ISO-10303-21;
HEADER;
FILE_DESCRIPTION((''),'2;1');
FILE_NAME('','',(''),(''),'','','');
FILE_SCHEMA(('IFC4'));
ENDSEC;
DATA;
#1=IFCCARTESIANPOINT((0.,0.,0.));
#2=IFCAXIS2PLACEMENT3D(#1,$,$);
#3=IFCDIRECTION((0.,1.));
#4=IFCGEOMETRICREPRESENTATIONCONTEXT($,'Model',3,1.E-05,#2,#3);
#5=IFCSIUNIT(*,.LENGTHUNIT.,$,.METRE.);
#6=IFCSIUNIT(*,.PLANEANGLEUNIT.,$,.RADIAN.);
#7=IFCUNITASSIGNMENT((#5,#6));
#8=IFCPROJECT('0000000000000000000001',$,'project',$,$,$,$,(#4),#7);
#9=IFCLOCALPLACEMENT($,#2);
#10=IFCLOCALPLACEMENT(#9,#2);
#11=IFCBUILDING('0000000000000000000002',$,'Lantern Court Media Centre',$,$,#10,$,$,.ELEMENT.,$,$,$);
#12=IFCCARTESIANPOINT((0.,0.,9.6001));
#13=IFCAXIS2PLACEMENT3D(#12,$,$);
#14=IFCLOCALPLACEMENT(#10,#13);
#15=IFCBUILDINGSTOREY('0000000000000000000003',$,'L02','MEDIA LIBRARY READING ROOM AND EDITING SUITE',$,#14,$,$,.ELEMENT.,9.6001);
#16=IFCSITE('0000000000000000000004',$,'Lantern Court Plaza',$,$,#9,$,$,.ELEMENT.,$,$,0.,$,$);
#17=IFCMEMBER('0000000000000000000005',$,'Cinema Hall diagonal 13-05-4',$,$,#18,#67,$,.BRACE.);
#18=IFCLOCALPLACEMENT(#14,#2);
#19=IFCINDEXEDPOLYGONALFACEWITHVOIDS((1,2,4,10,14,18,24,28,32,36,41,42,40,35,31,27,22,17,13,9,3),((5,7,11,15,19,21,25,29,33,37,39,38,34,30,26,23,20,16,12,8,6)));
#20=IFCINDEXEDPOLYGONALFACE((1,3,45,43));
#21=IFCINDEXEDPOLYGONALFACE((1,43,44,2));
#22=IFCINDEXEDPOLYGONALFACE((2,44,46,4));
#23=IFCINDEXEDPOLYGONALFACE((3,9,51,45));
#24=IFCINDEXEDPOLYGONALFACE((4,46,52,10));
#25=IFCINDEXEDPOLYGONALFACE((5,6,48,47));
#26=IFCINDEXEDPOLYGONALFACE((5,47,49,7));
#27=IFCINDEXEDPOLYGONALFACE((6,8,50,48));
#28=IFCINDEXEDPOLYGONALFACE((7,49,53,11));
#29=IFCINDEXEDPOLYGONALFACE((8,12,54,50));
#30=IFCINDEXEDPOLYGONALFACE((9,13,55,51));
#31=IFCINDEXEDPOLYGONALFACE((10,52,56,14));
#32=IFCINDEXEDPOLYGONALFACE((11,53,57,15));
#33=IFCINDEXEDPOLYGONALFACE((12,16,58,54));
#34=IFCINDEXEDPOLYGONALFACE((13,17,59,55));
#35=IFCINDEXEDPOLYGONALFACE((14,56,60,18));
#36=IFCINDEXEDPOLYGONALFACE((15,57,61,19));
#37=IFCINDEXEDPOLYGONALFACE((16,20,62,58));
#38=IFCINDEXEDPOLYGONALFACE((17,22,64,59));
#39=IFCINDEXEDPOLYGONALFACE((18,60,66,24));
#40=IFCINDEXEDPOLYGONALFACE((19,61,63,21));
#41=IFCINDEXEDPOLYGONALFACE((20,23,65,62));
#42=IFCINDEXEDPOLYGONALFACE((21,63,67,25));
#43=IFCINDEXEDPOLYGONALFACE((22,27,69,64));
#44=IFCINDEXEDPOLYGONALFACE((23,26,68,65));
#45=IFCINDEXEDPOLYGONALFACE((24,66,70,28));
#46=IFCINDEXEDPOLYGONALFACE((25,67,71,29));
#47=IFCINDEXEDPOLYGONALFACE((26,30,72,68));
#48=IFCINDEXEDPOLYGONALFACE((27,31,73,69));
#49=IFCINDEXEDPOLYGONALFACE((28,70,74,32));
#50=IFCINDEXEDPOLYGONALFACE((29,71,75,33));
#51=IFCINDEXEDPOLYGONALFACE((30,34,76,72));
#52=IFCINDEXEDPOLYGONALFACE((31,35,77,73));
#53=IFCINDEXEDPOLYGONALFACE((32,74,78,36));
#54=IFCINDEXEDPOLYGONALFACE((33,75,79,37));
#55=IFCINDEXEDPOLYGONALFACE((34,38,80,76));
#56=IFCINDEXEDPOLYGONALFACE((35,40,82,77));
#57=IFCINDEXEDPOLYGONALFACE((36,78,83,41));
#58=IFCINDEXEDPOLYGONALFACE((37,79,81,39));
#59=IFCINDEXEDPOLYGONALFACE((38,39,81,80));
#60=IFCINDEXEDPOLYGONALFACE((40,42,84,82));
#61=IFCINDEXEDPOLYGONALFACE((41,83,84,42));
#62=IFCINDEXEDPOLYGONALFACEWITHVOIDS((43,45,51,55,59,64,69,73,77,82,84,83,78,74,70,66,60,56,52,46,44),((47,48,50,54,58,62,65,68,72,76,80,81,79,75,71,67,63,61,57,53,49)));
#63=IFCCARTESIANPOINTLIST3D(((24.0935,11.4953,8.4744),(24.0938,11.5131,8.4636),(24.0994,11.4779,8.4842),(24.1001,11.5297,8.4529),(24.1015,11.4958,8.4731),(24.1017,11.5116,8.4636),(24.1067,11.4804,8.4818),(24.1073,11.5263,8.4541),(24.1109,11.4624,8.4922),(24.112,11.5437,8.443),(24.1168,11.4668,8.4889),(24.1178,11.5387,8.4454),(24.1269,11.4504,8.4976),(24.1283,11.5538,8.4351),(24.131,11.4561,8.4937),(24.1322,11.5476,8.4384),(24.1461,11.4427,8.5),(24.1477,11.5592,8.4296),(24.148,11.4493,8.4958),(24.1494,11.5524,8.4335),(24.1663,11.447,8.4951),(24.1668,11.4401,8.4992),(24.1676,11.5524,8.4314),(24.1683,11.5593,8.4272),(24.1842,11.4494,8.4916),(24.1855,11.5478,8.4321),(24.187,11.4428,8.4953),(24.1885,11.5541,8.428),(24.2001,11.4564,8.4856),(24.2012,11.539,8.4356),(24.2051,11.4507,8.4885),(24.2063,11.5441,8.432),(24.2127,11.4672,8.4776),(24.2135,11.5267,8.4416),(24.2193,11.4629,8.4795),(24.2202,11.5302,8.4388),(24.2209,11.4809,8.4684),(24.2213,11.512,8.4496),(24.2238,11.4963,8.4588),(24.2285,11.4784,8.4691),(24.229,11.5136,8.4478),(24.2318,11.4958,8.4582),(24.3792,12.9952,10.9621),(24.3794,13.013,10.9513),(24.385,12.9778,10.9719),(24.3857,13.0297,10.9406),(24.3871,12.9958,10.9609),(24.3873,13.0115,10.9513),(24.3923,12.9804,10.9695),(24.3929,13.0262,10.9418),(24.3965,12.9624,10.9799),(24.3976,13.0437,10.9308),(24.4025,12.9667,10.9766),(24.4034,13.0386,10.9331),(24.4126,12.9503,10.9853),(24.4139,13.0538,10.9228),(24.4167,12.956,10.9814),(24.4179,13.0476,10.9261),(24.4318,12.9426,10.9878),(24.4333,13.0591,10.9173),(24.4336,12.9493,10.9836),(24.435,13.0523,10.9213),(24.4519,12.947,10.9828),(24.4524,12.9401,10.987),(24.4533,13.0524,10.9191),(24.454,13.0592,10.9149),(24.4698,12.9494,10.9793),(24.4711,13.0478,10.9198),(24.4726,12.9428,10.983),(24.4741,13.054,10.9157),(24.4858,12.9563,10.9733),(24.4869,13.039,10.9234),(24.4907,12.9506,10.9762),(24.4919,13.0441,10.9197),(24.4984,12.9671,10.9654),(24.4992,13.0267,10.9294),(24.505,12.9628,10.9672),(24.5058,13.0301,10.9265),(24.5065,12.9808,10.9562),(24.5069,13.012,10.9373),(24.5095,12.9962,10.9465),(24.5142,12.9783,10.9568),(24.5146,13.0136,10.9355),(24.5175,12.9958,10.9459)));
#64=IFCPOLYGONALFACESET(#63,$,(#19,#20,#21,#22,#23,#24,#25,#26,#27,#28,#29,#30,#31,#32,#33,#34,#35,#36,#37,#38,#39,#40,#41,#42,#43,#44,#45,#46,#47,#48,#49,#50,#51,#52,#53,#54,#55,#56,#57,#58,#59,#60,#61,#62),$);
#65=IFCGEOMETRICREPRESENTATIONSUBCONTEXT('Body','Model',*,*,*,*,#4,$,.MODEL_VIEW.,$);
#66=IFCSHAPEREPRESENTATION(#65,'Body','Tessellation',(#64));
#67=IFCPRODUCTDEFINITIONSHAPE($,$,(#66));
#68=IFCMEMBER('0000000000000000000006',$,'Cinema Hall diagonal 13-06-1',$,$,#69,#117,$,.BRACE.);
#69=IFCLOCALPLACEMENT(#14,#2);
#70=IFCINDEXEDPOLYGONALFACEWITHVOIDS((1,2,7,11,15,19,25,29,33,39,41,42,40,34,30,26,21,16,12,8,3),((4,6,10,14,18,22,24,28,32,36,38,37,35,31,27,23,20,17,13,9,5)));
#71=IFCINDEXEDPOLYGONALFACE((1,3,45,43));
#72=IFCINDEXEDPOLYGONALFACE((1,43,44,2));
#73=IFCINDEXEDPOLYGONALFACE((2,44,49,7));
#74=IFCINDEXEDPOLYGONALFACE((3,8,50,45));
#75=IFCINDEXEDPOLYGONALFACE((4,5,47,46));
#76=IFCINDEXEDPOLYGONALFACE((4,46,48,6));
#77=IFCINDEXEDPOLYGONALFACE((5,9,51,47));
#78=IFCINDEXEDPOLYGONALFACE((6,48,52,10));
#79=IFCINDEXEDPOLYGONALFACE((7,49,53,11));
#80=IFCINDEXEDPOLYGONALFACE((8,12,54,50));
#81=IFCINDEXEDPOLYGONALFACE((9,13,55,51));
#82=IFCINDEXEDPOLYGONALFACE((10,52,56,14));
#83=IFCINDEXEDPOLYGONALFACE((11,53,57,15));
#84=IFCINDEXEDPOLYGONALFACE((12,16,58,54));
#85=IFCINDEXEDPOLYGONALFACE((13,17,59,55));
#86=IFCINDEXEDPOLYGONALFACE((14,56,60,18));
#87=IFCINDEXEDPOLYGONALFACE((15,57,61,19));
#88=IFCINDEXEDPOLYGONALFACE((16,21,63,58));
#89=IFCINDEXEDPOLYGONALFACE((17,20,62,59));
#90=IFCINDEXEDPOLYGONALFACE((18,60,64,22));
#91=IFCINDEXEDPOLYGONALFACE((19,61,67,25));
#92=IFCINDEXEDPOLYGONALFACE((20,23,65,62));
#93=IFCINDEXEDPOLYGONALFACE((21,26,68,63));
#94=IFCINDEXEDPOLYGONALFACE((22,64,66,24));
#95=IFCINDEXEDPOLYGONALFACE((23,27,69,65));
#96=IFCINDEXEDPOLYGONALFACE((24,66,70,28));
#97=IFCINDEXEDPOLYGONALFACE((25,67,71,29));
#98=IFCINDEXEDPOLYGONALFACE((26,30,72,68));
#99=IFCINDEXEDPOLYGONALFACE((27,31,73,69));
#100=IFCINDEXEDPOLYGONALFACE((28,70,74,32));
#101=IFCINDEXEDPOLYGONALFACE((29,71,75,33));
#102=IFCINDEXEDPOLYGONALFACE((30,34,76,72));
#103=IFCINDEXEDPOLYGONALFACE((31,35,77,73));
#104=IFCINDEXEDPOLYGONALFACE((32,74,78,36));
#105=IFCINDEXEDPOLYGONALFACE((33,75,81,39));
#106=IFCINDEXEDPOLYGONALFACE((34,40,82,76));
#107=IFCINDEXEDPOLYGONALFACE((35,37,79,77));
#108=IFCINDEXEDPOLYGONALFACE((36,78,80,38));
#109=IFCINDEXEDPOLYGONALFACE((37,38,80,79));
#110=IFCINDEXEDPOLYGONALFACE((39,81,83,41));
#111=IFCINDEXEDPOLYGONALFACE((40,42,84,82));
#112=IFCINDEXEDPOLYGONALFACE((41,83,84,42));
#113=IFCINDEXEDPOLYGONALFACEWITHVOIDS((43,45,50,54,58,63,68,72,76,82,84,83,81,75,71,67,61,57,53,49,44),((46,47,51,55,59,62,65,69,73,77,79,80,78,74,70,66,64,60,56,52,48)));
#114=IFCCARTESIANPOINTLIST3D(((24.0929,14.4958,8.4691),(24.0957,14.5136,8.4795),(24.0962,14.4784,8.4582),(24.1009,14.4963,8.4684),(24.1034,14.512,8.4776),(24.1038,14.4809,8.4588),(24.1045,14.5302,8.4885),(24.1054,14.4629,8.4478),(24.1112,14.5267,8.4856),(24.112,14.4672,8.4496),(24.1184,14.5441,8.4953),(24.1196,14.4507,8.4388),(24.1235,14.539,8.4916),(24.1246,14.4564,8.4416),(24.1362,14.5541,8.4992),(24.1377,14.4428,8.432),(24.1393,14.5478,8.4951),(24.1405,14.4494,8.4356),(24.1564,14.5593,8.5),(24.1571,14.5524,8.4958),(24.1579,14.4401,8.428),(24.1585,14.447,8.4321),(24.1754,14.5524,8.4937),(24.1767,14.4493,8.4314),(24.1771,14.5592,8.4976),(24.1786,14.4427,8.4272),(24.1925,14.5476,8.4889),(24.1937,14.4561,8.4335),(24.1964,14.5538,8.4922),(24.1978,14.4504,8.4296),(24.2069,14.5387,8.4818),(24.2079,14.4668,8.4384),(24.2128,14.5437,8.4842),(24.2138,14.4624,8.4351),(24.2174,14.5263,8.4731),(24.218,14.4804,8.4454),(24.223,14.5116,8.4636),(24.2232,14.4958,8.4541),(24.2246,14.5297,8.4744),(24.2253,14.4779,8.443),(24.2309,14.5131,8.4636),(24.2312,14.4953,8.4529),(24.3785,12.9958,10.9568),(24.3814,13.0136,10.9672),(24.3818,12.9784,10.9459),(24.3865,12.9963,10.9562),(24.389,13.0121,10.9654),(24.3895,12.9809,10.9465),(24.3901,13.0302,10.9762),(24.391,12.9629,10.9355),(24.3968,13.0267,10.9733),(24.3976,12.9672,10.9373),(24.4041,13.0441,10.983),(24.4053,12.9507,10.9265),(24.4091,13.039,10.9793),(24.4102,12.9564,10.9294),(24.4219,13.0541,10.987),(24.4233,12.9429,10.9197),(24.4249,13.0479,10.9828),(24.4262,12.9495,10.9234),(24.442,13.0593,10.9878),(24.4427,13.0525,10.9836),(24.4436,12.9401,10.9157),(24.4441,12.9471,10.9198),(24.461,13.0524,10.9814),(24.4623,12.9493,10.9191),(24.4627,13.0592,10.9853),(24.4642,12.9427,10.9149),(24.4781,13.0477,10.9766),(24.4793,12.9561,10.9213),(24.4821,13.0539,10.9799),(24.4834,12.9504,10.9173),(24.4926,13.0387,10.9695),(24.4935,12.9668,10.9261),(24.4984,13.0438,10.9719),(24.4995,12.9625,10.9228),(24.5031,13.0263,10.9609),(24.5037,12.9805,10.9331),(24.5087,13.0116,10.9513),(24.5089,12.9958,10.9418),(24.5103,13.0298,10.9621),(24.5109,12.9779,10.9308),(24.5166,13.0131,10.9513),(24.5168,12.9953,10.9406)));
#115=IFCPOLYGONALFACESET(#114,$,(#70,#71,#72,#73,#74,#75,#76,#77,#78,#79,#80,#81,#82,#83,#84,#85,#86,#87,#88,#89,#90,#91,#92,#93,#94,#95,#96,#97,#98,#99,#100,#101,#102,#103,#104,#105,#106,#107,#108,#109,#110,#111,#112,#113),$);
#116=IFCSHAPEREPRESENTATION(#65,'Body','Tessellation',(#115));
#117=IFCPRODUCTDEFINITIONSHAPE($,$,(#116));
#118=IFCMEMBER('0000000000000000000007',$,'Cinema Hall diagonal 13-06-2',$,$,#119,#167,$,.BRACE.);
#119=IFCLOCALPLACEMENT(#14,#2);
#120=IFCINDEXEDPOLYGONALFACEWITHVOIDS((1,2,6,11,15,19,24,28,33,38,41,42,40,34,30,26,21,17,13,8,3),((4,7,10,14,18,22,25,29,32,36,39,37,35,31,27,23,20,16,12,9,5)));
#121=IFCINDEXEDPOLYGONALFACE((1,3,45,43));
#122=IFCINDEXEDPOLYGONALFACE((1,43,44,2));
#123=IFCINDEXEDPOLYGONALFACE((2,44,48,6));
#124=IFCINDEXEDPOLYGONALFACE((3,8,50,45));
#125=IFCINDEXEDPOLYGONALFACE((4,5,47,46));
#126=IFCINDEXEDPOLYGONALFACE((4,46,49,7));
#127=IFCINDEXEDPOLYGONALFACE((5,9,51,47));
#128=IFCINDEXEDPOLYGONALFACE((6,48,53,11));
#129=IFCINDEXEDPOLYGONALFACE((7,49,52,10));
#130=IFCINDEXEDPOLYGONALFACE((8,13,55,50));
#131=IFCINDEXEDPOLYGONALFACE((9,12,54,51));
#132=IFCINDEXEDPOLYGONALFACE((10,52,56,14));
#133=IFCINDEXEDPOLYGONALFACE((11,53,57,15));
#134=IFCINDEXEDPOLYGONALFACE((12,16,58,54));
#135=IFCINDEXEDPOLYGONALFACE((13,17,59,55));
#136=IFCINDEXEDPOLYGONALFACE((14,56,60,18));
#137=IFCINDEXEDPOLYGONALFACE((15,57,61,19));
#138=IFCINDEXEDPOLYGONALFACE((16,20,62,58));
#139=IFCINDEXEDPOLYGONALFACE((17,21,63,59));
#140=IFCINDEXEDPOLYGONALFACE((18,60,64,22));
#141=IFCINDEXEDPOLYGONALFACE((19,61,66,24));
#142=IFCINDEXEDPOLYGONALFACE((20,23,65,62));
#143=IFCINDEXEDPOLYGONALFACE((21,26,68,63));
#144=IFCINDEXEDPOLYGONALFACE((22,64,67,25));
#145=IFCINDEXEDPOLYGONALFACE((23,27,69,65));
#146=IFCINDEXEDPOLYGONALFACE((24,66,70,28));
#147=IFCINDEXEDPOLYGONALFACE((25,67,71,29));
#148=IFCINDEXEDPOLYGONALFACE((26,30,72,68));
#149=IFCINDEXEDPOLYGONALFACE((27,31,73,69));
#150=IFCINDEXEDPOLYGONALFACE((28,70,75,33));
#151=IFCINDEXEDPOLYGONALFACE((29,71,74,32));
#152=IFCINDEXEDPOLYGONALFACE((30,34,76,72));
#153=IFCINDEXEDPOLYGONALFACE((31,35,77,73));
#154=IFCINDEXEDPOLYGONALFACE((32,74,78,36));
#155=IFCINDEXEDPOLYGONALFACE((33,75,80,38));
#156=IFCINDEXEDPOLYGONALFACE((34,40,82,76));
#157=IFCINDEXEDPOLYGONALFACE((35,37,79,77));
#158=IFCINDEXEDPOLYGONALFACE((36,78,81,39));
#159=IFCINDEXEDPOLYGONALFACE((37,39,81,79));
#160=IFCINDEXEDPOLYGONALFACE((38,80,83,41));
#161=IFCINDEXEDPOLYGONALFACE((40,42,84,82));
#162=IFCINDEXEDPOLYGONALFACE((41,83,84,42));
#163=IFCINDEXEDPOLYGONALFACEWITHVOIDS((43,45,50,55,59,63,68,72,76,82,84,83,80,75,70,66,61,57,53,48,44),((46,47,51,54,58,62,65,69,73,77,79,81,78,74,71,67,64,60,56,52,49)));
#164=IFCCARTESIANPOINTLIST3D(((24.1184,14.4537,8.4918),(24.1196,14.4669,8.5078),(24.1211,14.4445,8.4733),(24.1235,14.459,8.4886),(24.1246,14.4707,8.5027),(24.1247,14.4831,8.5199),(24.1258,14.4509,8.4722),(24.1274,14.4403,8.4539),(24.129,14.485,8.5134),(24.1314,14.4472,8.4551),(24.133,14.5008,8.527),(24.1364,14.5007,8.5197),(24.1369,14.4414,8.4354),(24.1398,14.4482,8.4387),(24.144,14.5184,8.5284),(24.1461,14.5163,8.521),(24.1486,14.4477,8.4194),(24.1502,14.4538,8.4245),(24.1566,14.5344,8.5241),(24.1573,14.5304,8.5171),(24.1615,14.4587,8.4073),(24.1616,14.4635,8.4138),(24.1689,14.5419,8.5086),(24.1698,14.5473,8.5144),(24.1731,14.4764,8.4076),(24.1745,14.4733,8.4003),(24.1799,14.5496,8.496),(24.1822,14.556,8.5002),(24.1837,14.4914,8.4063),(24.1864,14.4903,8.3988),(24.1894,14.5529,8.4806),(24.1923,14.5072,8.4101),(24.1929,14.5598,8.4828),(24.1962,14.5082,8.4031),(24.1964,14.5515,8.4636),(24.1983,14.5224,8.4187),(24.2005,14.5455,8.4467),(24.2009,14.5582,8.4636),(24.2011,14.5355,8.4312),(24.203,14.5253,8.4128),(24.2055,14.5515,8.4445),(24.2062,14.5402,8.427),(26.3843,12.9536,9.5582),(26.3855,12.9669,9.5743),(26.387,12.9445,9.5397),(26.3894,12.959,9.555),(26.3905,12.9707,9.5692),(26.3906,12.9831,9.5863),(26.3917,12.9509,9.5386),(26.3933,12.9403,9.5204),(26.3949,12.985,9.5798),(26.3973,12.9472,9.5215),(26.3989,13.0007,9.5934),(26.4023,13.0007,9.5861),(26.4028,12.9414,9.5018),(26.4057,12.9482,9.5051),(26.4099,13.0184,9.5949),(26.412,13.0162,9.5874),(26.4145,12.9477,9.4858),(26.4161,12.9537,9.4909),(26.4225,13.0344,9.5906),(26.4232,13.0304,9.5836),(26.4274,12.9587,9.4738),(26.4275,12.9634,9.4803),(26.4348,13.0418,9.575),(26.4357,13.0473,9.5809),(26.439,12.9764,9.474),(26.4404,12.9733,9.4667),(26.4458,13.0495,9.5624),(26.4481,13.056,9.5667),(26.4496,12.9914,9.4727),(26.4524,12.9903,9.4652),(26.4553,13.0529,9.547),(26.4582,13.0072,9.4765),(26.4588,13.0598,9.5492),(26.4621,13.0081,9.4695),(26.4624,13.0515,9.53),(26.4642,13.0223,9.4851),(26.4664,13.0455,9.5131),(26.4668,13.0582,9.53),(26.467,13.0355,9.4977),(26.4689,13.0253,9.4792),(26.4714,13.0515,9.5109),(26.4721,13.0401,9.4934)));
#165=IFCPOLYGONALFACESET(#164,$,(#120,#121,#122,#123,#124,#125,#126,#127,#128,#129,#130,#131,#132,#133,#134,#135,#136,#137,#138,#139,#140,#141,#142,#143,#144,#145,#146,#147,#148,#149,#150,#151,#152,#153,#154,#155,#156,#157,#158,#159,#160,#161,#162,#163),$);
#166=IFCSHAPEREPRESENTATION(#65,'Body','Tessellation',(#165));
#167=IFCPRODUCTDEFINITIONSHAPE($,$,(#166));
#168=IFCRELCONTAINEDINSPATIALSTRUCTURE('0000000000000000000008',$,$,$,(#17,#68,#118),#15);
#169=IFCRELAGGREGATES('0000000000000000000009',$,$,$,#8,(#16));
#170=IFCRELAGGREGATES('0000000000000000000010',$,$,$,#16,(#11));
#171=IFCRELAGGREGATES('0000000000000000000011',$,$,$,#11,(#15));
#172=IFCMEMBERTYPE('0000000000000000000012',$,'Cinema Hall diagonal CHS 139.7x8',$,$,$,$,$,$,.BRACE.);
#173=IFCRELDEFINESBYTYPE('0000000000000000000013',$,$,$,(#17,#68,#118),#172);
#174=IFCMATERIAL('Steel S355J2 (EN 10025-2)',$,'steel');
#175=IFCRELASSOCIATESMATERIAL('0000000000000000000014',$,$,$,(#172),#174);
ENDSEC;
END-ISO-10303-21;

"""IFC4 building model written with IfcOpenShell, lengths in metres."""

from ifc_helpers import new_model, si_unit, direction, frame, origin, origin_2d, place, context, subcontext, project, spatial, hollow_circle, extrude, material, material_profile, profile_set, type_object, element, save


model = new_model("IFC4")

# Units and contexts
model_context = context("Model", 3, precision=1e-05, world=origin(), true_north=direction((0.0, 1.0)))
body_context = subcontext(model_context, "Body", "Model", "MODEL_VIEW")
ifc_project = project(units=[si_unit("LENGTHUNIT", "METRE"), si_unit("PLANEANGLEUNIT", "RADIAN")], contexts=[model_context])

# Site, building, storey
site_placement = place(None, origin())
site = spatial("IfcSite", under=ifc_project, at=site_placement, Name="Lantern Court Plaza", CompositionType="ELEMENT", RefElevation=0.0)
building_placement = place(site_placement, origin())
building = spatial("IfcBuilding", under=site, at=building_placement, Name="Lantern Court Media Centre", CompositionType="ELEMENT")
storey_placement = place(building_placement, frame((0.0, 0.0, 9.6001)))
storey = spatial("IfcBuildingStorey", under=building, at=storey_placement, Name="L02", Description="MEDIA LIBRARY READING ROOM AND EDITING SUITE", CompositionType="ELEMENT", Elevation=9.6001)

# Members
ifc_material_1 = material(Name="Steel S355J2 (EN 10025-2)", Category="steel")
ifc_material_profile_1 = material_profile(ifc_material_1, hollow_circle(Radius=0.0698, WallThickness=0.0081, at=origin_2d()), Name="Cinema Hall diagonal CHS 139.7x8")
ifc_profile_set_1 = profile_set([ifc_material_profile_1], Name="Steel S355J2 (EN 10025-2)")
member_type_1 = type_object("IfcMemberType", Name="Cinema Hall diagonal CHS 139.7x8", PredefinedType="BRACE", material=ifc_profile_set_1)
for number, where, z_axis, x_axis, name in (
    (1, (24.1624, 11.5, 8.4636), (0.097856, 0.51387, 0.852268), (-0.982347, 0.187068, 0.0), "Cinema Hall diagonal 13-05-4"),
    (2, (24.1624, 14.5, 8.4636), (0.097856, -0.51387, 0.852268), (0.982347, 0.187068, 0.0), "Cinema Hall diagonal 13-06-1"),
):
    element("IfcMember", number, at=place(storey_placement, frame(where, z_axis=z_axis, x_axis=x_axis)), inside=storey, type_object=member_type_1, Name=name, PredefinedType="BRACE", context=body_context, shape_type="SweptSolid", body=[
        extrude(hollow_circle(Radius=0.0698, WallThickness=0.0081, at=origin_2d()), origin(), (0.0, 0.0, 1.0), 2.9189),
    ])
for number, where, z_axis, x_axis, name in (
    (3, (24.1624, 14.5, 8.4636), (0.776211, -0.51385, 0.365315), (0.552002, 0.833843, 0.0), "Cinema Hall diagonal 13-06-2"),
):
    element("IfcMember", number, at=place(storey_placement, frame(where, z_axis=z_axis, x_axis=x_axis)), inside=storey, type_object=member_type_1, Name=name, PredefinedType="BRACE", context=body_context, shape_type="SweptSolid", body=[
        extrude(hollow_circle(Radius=0.0698, WallThickness=0.0081, at=origin_2d()), origin(), (0.0, 0.0, 1.0), 2.9192),
    ])

save(model, "model.ifc")
